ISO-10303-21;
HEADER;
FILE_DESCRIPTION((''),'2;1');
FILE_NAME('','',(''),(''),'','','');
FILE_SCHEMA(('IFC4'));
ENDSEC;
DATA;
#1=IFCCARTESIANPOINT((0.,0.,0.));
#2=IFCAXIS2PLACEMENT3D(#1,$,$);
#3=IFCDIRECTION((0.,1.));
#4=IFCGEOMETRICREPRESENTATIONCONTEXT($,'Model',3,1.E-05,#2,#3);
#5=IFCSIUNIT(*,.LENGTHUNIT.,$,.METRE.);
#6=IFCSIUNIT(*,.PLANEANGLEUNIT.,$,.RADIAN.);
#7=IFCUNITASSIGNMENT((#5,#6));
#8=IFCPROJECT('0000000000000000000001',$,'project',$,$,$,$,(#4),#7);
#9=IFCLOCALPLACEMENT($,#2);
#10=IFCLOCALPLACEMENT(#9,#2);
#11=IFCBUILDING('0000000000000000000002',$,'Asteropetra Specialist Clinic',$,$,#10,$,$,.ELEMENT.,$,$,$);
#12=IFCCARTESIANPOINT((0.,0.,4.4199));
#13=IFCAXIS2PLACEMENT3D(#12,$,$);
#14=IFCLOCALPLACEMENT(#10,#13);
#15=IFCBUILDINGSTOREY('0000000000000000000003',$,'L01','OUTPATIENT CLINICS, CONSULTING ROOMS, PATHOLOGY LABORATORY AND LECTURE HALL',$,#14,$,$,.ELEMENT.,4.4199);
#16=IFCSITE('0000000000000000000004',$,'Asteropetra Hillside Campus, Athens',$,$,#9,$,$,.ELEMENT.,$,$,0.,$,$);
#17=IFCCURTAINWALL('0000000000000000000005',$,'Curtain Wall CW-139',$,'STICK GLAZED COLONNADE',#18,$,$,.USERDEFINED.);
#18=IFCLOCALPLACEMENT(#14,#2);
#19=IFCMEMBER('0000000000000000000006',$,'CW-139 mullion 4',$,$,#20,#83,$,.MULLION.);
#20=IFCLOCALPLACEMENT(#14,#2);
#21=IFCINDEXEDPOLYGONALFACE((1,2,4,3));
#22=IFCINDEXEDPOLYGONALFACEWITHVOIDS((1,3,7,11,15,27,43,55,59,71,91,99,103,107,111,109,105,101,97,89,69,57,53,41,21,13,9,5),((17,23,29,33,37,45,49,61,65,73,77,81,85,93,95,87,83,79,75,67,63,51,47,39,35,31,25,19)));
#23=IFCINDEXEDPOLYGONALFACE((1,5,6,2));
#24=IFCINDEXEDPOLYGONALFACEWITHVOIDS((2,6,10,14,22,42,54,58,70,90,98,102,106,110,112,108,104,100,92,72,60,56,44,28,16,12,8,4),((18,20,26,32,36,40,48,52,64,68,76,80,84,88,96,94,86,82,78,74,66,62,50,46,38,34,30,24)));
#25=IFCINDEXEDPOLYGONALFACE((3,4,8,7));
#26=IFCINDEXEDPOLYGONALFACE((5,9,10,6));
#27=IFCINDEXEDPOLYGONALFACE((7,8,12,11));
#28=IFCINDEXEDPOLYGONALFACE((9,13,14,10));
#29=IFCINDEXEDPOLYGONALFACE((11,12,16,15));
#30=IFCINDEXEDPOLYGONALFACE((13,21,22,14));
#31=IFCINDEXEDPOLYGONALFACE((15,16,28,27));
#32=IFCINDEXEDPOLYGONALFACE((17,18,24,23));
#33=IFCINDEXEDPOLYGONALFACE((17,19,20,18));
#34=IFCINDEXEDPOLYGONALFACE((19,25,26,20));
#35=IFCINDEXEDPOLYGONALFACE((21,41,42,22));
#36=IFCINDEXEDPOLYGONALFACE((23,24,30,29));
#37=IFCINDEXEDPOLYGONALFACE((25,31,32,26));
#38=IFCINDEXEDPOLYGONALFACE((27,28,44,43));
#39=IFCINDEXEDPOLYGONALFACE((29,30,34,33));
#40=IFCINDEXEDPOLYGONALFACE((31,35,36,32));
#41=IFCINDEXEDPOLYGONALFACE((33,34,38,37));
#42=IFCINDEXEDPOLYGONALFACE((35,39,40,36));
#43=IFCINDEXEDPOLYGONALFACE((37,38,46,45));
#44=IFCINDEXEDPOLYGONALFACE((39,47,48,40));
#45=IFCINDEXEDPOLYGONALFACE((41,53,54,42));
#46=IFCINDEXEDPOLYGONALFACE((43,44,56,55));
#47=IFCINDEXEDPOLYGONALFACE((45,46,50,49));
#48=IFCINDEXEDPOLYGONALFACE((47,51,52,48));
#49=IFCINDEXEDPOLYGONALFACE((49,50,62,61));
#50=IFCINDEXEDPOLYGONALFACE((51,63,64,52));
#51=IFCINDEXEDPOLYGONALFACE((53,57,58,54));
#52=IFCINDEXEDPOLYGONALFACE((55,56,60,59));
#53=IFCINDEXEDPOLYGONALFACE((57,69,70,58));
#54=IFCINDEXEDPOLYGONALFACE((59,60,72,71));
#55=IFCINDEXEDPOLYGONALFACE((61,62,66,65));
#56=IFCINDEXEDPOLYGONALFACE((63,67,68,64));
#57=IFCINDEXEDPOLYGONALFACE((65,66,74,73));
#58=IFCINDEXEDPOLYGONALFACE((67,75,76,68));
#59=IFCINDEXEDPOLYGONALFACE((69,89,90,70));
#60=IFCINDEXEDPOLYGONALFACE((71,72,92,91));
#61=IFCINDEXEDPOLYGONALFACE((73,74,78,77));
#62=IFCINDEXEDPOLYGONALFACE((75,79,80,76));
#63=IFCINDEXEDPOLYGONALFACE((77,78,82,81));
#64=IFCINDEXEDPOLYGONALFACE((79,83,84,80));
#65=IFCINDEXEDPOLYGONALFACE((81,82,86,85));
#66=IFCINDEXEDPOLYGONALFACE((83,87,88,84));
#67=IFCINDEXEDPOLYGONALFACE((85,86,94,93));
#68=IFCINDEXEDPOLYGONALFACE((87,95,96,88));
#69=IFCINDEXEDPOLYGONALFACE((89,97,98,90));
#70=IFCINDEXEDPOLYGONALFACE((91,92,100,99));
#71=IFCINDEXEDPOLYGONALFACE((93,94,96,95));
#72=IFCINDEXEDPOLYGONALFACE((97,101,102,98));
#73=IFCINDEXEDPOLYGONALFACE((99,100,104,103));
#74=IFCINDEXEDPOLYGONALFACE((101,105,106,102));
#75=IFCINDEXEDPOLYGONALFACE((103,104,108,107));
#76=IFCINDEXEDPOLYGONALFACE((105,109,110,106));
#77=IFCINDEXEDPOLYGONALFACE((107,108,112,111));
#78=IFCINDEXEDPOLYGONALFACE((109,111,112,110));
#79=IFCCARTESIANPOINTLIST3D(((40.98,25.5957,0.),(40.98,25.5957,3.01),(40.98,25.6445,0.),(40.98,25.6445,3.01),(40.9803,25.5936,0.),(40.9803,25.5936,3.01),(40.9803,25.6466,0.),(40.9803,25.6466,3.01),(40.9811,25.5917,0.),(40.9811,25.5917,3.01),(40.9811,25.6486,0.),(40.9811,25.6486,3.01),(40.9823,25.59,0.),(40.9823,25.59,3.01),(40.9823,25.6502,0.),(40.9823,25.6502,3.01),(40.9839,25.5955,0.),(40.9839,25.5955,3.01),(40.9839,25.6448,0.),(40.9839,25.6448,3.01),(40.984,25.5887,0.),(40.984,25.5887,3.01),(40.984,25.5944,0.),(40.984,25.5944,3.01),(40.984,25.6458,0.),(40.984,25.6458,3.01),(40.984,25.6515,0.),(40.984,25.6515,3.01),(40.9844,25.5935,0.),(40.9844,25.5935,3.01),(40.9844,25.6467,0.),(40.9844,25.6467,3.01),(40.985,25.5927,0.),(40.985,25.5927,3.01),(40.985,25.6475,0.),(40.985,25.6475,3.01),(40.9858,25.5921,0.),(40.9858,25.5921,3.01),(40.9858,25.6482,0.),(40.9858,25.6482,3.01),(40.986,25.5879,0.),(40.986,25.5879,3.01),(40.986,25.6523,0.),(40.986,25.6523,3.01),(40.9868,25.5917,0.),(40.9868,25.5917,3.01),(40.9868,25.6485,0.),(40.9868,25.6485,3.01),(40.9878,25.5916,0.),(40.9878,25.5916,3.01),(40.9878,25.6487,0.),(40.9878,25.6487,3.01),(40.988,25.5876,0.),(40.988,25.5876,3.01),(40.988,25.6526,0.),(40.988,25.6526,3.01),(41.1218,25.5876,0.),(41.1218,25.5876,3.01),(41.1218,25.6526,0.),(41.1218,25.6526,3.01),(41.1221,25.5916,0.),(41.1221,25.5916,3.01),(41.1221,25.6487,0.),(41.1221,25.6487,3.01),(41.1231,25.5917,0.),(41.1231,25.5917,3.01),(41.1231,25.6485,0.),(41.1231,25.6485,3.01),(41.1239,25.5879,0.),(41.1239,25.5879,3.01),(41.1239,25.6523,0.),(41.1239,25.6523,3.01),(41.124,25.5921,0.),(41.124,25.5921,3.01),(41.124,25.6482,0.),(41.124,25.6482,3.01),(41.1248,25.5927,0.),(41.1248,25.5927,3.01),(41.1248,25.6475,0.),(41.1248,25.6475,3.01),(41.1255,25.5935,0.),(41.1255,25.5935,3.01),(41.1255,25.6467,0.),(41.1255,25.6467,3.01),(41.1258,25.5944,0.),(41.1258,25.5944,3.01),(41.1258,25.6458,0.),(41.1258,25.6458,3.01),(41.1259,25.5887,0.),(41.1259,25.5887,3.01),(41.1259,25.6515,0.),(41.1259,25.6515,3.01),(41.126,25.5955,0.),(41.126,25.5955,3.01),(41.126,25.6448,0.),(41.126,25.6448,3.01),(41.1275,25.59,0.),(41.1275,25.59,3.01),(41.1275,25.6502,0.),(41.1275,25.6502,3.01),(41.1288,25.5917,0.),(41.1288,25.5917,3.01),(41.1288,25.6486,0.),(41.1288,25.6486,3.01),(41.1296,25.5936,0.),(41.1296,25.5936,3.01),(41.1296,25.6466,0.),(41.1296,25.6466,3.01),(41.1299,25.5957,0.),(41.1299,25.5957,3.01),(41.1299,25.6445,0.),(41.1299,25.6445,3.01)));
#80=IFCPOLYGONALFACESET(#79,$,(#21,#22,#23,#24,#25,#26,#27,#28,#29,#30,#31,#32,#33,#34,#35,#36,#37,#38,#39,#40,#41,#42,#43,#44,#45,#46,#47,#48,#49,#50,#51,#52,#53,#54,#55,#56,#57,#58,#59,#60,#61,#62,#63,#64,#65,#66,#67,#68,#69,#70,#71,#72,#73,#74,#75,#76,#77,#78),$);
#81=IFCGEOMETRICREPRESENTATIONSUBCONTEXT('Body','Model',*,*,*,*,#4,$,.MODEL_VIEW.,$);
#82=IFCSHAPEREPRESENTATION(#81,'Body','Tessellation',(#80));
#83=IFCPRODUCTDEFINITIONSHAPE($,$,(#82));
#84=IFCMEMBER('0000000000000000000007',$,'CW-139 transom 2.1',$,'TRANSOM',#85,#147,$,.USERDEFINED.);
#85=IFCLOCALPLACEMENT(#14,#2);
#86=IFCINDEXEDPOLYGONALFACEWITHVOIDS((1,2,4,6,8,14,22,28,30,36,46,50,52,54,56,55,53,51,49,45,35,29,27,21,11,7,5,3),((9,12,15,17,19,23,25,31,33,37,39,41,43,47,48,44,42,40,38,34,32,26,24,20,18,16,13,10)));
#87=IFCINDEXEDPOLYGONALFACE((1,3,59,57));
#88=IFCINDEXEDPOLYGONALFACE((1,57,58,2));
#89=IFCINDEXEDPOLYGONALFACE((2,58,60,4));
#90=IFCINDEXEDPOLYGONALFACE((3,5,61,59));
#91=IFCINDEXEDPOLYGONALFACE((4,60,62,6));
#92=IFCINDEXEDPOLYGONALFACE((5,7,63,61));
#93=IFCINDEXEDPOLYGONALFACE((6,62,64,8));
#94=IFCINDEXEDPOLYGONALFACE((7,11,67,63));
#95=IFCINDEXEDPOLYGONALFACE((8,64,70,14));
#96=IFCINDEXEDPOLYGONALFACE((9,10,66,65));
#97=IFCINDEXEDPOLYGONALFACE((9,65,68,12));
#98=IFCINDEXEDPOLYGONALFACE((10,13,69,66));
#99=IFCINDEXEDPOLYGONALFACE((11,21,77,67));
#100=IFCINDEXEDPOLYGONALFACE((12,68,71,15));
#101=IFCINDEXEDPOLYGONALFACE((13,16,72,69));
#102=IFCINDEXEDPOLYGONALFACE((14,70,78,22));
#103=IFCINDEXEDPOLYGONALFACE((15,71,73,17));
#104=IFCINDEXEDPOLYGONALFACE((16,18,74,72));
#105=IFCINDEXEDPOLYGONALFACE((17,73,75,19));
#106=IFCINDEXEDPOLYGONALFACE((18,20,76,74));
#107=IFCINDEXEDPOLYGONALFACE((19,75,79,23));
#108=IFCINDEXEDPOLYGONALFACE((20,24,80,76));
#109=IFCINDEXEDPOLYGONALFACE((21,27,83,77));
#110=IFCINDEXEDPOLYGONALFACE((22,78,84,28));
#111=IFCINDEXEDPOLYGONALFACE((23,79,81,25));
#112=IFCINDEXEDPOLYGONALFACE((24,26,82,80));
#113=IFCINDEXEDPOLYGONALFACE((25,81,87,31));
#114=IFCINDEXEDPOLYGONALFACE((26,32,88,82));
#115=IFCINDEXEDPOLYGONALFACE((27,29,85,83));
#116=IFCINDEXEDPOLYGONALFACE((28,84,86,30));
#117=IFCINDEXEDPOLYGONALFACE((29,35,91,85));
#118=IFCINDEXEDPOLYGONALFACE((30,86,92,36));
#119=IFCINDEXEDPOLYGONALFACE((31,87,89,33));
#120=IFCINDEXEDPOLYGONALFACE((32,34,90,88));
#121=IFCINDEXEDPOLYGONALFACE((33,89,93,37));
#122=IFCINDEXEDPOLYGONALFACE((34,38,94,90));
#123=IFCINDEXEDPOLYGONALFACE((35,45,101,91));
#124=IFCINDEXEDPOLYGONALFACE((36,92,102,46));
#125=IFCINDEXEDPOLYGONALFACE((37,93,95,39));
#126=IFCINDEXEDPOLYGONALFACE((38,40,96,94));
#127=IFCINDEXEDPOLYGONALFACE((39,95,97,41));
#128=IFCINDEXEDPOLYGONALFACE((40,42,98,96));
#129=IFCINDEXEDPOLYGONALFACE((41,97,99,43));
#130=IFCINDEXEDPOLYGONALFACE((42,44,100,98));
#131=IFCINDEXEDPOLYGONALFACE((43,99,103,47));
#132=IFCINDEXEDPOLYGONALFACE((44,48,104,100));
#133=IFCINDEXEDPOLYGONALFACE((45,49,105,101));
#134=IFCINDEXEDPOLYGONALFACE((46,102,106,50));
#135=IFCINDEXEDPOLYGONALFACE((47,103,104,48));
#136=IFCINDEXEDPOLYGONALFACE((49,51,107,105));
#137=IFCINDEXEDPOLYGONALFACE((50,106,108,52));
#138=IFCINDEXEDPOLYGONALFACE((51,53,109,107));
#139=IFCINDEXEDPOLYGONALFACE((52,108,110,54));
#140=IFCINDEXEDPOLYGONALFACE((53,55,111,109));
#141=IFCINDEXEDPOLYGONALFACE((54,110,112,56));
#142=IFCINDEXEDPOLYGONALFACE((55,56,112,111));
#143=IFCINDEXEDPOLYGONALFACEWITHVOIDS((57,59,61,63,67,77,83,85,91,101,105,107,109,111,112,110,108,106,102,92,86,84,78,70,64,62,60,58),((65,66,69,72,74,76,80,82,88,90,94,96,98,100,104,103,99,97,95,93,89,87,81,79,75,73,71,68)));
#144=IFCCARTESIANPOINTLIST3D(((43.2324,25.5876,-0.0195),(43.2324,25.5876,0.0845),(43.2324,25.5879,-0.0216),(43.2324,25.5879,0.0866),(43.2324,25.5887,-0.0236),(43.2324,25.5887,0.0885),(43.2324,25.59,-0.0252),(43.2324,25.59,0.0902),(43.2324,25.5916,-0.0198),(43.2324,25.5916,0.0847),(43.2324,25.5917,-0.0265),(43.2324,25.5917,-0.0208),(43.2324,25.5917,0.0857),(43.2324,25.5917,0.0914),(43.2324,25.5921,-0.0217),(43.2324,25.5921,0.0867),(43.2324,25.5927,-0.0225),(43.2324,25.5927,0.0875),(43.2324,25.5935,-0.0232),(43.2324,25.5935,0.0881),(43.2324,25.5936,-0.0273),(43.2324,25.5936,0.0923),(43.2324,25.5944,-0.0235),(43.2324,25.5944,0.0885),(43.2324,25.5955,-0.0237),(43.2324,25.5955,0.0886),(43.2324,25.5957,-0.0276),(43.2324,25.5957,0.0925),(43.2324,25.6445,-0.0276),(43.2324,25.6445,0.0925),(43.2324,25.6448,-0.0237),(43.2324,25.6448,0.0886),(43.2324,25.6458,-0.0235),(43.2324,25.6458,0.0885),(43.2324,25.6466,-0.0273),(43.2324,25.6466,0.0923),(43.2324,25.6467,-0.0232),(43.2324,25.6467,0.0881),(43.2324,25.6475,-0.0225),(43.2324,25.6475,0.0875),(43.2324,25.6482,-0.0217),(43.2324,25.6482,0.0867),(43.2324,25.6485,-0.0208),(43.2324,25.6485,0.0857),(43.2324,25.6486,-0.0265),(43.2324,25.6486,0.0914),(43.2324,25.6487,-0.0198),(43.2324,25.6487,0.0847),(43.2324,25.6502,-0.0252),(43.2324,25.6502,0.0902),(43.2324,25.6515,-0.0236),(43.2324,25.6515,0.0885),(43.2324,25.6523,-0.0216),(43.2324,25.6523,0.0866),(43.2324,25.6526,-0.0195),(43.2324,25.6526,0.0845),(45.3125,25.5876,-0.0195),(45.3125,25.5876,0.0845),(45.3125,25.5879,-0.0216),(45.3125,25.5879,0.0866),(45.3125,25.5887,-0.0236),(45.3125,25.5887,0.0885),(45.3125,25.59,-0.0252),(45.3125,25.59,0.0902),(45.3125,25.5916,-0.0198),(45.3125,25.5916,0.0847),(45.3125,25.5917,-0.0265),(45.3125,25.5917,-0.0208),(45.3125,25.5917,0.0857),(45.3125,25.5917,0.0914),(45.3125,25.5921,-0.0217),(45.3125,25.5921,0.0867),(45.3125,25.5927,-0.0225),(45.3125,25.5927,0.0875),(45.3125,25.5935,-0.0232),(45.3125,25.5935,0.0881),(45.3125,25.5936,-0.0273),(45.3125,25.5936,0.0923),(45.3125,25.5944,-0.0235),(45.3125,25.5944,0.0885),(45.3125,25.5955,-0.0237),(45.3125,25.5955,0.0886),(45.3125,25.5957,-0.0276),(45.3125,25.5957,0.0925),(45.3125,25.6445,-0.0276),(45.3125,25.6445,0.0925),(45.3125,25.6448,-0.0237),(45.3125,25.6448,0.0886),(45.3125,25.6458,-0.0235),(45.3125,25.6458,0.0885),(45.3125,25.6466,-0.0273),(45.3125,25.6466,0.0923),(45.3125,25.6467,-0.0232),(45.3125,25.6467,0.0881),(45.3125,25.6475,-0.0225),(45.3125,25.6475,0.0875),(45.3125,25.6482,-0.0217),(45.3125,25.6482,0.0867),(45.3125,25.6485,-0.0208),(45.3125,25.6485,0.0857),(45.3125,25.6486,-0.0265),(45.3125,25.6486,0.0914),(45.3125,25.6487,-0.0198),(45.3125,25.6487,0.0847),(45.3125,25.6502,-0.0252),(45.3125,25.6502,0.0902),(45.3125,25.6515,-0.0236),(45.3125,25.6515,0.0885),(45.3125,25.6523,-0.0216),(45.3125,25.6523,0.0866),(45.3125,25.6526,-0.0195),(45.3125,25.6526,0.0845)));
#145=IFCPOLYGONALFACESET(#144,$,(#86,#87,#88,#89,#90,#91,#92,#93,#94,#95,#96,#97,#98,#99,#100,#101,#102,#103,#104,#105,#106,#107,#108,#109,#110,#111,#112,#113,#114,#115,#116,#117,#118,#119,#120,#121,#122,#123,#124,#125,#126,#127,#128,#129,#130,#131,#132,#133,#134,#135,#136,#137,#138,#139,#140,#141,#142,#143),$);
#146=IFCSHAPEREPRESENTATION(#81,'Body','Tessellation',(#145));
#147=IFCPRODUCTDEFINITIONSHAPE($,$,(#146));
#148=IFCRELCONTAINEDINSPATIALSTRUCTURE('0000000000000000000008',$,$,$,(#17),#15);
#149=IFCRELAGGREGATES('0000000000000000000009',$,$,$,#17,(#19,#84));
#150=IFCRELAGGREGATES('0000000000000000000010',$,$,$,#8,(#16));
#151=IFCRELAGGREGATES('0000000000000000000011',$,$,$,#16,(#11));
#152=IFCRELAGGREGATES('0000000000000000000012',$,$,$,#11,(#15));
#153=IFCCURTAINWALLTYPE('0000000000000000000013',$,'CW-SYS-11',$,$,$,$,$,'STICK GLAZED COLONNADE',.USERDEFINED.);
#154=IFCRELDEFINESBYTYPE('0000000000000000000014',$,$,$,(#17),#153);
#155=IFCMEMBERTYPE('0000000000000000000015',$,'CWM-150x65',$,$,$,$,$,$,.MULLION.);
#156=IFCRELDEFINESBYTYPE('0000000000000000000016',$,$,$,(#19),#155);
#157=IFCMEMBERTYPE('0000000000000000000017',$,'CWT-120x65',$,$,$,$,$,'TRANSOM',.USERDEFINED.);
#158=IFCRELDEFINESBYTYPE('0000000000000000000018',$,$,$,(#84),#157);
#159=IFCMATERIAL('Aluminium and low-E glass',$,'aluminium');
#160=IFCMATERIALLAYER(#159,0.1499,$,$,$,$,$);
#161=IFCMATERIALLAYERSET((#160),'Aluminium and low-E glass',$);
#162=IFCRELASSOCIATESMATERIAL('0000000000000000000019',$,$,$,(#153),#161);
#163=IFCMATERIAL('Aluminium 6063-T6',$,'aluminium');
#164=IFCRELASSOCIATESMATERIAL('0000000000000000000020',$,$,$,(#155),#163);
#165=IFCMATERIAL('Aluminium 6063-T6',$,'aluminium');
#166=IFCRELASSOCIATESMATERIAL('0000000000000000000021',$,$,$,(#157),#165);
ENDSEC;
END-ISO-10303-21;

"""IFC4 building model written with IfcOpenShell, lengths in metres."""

from ifc_helpers import new_model, si_unit, direction, frame, origin, origin_2d, place, context, subcontext, project, spatial, hollow_rectangle, extrude, material, layer, layer_set, material_profile, profile_set, type_object, element, aggregate, save


model = new_model("IFC4")

# Units and contexts
model_context = context("Model", 3, precision=1e-05, world=origin(), true_north=direction((0.0, 1.0)))
body_context = subcontext(model_context, "Body", "Model", "MODEL_VIEW")
ifc_project = project(units=[si_unit("LENGTHUNIT", "METRE"), si_unit("PLANEANGLEUNIT", "RADIAN")], contexts=[model_context])

# Site, building, storey
site_placement = place(None, origin())
site = spatial("IfcSite", under=ifc_project, at=site_placement, Name="Asteropetra Hillside Campus, Athens", CompositionType="ELEMENT", RefElevation=0.0)
building_placement = place(site_placement, origin())
building = spatial("IfcBuilding", under=site, at=building_placement, Name="Asteropetra Specialist Clinic", CompositionType="ELEMENT")
storey_placement = place(building_placement, frame((0.0, 0.0, 4.4199)))
storey = spatial("IfcBuildingStorey", under=building, at=storey_placement, Name="L01", Description="OUTPATIENT CLINICS, CONSULTING ROOMS, PATHOLOGY LABORATORY AND LECTURE HALL", CompositionType="ELEMENT", Elevation=4.4199)

# Curtain wall, members
ifc_material_1 = material(Name="Aluminium and low-E glass", Category="aluminium")
ifc_layer_1 = layer(ifc_material_1, 0.1499)
ifc_layer_set_1 = layer_set([ifc_layer_1], Name="Aluminium and low-E glass")
curtain_wall_type = type_object("IfcCurtainWallType", Name="CW-SYS-11", ElementType="STICK GLAZED COLONNADE", PredefinedType="USERDEFINED", material=ifc_layer_set_1)
curtain_wall_placement = place(storey_placement, origin())
curtain_wall = element("IfcCurtainWall", 1, at=curtain_wall_placement, inside=storey, type_object=curtain_wall_type, Name="Curtain Wall CW-139", ObjectType="STICK GLAZED COLONNADE", PredefinedType="USERDEFINED")
ifc_material_2 = material(Name="Aluminium 6063-T6", Category="aluminium")
ifc_material_profile_1 = material_profile(ifc_material_2, hollow_rectangle(XDim=0.0649, YDim=0.1499, WallThickness=0.0039, InnerFilletRadius=0.0039, OuterFilletRadius=0.0081, at=origin_2d()), Name="MUL 150x65x4.0")
ifc_profile_set_1 = profile_set([ifc_material_profile_1], Name="Aluminium 6063-T6")
member_type_1 = type_object("IfcMemberType", Name="CWM-150x65", PredefinedType="MULLION", material=ifc_profile_set_1)
member_1_placement = place(storey_placement, frame((41.0549, 25.6201, 0.0), z_axis=(0.0, 0.0, 1.0), x_axis=(0.0, -1.0, 0.0)))
member_1 = element("IfcMember", 2, at=member_1_placement, type_object=member_type_1, Name="CW-139 mullion 4", PredefinedType="MULLION", context=body_context, shape_type="SweptSolid", body=[
    extrude(hollow_rectangle(XDim=0.0649, YDim=0.1499, WallThickness=0.0039, InnerFilletRadius=0.0039, OuterFilletRadius=0.0081, at=origin_2d()), origin(), (0.0, 0.0, 1.0), 3.01),
])
ifc_material_3 = material(Name="Aluminium 6063-T6", Category="aluminium")
ifc_material_profile_2 = material_profile(ifc_material_3, hollow_rectangle(XDim=0.0649, YDim=0.1201, WallThickness=0.0039, InnerFilletRadius=0.0039, OuterFilletRadius=0.0081, at=origin_2d()), Name="TRN 120x65x4.0")
ifc_profile_set_2 = profile_set([ifc_material_profile_2], Name="Aluminium 6063-T6")
member_type_2 = type_object("IfcMemberType", Name="CWT-120x65", ElementType="TRANSOM", PredefinedType="USERDEFINED", material=ifc_profile_set_2)
member_2_placement = place(storey_placement, frame((45.3125, 25.6201, 0.0325), z_axis=(-1.0, 0.0, 0.0), x_axis=(0.0, -1.0, 0.0)))
member_2 = element("IfcMember", 3, at=member_2_placement, type_object=member_type_2, Name="CW-139 transom 2.1", ObjectType="TRANSOM", PredefinedType="USERDEFINED", context=body_context, shape_type="SweptSolid", body=[
    extrude(hollow_rectangle(XDim=0.0649, YDim=0.1201, WallThickness=0.0039, InnerFilletRadius=0.0039, OuterFilletRadius=0.0081, at=origin_2d()), origin(), (0.0, 0.0, 1.0), 2.0801),
])
aggregate(curtain_wall, [member_1, member_2])

save(model, "model.ifc")
